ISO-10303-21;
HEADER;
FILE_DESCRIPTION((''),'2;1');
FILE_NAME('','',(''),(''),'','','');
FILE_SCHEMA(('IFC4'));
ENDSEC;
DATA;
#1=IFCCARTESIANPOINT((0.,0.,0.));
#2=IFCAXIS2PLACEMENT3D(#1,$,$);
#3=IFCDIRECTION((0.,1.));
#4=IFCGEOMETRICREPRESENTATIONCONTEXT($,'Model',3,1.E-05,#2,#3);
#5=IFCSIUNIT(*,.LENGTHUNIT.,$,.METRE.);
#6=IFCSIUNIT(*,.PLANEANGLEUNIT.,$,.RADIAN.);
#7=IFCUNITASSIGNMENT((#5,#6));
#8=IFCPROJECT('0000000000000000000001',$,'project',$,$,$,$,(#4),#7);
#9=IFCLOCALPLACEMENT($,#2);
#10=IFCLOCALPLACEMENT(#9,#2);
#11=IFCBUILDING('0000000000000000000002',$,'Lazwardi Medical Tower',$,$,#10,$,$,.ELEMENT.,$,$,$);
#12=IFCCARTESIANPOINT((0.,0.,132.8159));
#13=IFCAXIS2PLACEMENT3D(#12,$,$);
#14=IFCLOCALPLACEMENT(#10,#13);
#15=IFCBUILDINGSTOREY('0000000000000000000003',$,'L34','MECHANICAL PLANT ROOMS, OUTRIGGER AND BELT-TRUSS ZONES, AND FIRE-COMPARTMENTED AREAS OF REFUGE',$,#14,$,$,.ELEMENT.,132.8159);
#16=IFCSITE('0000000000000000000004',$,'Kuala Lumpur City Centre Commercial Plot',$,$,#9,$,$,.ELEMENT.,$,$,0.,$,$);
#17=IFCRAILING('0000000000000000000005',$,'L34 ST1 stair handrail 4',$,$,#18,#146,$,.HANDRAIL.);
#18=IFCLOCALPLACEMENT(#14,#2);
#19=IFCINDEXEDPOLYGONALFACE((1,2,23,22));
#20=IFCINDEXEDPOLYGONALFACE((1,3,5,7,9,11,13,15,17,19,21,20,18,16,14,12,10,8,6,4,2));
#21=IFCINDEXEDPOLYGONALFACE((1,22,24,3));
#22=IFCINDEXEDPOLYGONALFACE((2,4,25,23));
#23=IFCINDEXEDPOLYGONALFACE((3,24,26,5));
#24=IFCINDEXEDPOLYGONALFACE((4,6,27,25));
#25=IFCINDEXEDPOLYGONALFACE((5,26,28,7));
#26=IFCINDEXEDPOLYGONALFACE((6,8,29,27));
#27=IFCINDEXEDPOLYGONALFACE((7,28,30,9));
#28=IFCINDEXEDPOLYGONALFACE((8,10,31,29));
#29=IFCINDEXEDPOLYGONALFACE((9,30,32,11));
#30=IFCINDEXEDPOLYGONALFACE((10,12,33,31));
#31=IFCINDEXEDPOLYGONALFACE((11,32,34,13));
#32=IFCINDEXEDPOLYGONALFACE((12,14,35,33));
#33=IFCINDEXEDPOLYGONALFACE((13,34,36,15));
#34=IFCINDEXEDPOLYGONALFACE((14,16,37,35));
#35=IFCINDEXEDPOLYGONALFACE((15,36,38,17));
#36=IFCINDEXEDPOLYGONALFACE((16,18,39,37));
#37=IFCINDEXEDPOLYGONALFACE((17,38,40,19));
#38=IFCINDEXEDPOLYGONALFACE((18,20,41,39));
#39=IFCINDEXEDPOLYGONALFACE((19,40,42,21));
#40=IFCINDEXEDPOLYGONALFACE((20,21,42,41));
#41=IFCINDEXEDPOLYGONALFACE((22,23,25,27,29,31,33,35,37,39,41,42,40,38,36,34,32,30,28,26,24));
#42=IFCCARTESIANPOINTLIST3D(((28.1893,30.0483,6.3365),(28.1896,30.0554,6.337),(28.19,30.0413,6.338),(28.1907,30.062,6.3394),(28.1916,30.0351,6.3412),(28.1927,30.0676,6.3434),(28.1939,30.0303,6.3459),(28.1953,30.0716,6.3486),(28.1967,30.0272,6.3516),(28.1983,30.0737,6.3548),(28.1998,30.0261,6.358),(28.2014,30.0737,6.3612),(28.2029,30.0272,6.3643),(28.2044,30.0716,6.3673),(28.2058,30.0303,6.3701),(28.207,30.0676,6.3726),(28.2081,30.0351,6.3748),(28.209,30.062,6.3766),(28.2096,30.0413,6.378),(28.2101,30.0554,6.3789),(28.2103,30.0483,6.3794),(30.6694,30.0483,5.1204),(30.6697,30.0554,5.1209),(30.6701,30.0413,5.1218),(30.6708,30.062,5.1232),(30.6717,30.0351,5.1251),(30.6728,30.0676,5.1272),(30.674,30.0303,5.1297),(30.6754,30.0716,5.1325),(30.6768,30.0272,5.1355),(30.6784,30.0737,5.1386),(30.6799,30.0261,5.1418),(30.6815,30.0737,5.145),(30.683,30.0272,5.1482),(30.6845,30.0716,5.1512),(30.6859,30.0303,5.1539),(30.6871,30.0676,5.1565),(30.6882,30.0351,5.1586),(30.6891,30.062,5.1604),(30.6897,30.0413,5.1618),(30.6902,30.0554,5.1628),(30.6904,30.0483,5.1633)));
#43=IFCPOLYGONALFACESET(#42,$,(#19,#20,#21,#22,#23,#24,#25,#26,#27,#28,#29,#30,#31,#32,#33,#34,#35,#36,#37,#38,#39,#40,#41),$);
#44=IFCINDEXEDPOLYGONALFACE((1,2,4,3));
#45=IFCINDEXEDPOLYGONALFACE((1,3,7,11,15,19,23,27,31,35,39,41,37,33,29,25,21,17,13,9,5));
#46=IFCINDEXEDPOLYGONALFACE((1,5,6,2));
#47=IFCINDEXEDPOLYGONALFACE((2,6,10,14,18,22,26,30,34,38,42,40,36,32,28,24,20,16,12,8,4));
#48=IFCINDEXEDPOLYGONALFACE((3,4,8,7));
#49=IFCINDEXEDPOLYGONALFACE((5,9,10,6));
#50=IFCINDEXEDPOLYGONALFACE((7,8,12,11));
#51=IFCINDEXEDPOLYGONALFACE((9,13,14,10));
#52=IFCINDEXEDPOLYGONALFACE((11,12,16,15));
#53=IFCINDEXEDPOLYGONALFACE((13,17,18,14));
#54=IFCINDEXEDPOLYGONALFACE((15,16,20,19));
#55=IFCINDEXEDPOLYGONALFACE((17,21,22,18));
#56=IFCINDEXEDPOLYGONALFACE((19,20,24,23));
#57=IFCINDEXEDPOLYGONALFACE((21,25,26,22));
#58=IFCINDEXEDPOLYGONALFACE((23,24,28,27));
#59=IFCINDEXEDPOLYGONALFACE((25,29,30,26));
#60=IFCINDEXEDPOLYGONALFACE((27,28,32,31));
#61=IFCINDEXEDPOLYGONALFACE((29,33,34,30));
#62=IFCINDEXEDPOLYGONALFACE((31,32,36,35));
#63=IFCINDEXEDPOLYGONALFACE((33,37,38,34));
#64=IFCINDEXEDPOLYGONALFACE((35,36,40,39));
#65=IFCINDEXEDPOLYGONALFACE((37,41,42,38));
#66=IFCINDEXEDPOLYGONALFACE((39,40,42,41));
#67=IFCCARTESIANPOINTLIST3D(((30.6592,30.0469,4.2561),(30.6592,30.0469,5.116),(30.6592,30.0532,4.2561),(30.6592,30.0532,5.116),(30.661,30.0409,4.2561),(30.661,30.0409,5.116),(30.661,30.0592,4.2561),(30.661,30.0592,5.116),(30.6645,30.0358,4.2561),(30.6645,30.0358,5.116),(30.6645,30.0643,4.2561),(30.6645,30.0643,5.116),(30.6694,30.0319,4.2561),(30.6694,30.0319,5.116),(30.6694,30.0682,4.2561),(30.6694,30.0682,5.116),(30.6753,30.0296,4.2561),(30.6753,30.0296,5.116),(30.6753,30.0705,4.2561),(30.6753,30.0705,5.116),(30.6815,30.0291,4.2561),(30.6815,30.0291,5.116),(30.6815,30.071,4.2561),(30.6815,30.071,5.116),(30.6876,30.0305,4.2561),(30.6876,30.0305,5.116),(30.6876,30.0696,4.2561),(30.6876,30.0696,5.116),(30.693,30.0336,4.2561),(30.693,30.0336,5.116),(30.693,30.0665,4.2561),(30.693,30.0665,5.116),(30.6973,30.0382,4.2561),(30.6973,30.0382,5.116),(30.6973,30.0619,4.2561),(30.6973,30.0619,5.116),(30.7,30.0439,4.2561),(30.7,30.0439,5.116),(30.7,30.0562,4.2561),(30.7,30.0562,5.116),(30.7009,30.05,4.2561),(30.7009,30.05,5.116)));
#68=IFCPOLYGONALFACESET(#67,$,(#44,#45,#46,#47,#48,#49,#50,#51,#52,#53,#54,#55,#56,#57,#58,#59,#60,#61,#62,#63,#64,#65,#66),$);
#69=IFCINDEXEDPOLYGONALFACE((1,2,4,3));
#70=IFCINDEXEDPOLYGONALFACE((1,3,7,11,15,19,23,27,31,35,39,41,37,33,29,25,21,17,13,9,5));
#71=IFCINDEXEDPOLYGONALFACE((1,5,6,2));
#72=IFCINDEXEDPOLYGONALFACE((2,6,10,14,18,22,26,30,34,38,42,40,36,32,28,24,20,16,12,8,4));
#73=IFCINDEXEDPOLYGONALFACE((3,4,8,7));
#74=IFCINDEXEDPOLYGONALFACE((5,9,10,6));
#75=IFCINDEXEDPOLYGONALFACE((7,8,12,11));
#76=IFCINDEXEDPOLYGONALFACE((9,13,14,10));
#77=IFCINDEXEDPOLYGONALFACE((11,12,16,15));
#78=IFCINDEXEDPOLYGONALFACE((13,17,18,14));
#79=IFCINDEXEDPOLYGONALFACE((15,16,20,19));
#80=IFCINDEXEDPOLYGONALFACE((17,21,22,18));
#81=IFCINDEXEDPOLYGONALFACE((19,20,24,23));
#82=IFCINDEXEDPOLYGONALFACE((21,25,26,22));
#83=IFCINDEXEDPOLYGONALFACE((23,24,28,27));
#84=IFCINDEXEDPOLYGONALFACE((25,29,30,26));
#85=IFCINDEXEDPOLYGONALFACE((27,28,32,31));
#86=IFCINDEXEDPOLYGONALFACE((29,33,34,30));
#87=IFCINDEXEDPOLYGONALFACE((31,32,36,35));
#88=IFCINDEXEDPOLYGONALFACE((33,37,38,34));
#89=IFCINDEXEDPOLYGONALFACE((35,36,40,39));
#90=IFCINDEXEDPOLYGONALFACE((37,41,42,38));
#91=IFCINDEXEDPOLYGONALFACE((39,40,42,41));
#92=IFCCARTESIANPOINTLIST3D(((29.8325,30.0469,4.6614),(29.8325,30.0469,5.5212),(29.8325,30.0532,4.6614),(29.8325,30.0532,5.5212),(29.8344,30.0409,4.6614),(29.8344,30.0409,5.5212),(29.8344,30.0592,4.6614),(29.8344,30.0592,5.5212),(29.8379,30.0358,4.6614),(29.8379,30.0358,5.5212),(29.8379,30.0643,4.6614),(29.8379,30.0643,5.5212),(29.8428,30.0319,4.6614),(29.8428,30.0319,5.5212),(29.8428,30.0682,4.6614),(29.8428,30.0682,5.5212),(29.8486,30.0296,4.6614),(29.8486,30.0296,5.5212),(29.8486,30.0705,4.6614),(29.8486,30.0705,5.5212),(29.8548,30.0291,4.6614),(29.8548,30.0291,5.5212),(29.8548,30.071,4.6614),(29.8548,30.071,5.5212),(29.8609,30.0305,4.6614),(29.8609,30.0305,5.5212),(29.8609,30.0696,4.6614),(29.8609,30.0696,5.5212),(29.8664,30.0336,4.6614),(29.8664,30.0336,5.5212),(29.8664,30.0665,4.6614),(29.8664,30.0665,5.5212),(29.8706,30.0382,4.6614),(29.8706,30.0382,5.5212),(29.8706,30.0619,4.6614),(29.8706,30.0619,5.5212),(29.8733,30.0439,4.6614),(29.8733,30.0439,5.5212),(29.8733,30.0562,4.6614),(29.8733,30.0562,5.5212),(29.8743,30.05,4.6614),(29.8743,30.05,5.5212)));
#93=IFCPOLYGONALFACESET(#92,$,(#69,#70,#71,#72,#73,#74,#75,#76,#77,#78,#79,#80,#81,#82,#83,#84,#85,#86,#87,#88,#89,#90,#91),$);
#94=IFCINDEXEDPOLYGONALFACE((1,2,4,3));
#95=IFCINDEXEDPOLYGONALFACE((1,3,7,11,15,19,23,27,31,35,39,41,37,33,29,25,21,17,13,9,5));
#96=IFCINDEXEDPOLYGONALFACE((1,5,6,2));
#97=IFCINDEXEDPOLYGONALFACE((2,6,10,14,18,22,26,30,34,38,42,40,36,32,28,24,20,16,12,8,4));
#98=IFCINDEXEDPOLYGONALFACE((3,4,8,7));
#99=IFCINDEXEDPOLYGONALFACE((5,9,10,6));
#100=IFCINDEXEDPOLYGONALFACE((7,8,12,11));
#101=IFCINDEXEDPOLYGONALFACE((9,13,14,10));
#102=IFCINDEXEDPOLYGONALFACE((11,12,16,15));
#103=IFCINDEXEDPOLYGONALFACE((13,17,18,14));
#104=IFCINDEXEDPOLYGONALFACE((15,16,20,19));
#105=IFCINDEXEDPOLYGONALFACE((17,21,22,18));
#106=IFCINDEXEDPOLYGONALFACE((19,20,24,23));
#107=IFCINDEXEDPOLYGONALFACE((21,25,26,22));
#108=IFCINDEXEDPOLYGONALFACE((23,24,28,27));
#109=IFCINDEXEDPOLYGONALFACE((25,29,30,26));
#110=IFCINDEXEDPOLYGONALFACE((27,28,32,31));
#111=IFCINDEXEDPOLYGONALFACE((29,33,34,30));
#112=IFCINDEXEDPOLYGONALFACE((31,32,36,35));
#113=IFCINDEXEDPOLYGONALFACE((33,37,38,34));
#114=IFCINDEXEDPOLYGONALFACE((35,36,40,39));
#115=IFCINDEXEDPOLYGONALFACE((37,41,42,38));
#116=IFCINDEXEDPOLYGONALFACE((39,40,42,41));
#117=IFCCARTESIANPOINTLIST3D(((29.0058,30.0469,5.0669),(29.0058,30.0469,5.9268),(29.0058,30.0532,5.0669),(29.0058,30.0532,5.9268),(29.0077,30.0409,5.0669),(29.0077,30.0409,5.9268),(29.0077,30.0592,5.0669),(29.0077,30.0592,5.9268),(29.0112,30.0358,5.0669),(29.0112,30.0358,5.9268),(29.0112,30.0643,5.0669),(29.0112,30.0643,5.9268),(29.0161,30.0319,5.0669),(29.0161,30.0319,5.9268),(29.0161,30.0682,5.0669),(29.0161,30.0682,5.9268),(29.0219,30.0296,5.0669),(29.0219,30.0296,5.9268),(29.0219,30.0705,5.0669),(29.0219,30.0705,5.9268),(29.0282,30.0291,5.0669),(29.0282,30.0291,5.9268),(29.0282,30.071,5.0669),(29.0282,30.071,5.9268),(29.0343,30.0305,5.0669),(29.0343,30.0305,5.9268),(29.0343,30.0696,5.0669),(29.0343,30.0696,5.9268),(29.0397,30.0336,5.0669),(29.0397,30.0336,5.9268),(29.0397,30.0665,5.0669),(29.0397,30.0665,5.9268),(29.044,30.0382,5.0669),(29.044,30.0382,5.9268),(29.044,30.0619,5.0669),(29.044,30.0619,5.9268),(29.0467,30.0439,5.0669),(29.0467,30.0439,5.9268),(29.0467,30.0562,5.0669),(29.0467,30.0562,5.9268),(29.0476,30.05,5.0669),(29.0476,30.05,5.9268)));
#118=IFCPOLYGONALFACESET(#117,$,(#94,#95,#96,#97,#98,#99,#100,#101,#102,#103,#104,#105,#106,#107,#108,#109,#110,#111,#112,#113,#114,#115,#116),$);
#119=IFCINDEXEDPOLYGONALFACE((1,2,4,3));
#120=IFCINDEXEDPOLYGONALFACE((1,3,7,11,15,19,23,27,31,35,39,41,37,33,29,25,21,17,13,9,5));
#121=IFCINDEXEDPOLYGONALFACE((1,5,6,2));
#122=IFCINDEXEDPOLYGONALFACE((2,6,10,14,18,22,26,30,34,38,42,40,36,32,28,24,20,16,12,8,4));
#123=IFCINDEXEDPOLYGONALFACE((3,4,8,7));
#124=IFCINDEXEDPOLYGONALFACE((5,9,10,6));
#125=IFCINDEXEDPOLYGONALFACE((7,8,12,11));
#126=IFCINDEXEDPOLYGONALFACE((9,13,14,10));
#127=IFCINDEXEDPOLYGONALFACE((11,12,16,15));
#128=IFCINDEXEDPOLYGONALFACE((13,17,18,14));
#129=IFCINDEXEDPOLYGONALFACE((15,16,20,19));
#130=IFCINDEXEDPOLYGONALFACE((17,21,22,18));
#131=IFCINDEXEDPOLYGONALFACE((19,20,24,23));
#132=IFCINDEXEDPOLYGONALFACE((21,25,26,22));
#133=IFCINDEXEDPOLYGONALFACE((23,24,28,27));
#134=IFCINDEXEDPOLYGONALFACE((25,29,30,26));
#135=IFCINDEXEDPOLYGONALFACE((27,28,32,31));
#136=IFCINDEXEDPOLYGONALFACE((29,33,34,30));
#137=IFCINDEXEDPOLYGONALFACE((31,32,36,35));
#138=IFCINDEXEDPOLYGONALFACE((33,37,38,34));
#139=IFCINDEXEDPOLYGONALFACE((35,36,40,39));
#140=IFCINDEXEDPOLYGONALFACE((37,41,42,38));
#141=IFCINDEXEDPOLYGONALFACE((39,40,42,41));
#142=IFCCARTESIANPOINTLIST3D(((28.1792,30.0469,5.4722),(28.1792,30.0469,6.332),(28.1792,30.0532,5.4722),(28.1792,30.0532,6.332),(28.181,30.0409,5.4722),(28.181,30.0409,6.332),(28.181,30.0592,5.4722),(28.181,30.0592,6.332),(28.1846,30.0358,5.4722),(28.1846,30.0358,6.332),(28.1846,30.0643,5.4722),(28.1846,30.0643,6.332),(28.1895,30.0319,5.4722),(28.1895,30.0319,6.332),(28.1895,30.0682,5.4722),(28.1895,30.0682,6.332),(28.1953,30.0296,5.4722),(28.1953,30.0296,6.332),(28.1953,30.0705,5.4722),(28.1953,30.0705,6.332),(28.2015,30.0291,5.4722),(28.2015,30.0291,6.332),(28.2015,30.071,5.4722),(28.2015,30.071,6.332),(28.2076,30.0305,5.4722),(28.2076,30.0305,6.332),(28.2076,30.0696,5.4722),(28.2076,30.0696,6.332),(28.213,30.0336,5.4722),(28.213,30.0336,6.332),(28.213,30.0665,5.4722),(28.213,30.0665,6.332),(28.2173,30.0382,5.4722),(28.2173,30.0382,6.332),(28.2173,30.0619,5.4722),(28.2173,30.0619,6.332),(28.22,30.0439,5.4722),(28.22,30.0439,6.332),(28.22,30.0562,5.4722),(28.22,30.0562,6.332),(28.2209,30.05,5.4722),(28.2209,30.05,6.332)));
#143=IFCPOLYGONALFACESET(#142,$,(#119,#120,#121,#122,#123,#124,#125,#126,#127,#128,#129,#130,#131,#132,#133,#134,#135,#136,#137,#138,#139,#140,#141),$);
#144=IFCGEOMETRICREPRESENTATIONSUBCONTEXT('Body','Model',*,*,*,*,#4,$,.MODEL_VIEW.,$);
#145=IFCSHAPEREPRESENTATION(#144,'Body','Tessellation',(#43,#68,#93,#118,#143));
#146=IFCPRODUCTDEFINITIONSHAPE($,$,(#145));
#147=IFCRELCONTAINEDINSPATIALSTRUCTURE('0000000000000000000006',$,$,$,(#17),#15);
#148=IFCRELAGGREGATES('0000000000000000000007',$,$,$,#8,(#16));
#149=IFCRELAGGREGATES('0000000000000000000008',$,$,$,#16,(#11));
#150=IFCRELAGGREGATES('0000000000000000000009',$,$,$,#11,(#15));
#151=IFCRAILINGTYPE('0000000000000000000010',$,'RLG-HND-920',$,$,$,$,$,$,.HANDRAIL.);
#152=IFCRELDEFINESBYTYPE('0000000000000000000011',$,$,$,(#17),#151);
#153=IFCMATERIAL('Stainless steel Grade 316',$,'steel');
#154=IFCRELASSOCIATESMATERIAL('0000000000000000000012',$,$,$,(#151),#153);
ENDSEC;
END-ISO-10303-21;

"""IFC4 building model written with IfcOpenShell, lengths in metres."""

from ifc_helpers import new_model, si_unit, direction, frame, origin, origin_2d, place, context, subcontext, project, spatial, circle, extrude, material, type_object, element, save


model = new_model("IFC4")

# Units and contexts
model_context = context("Model", 3, precision=1e-05, world=origin(), true_north=direction((0.0, 1.0)))
body_context = subcontext(model_context, "Body", "Model", "MODEL_VIEW")
ifc_project = project(units=[si_unit("LENGTHUNIT", "METRE"), si_unit("PLANEANGLEUNIT", "RADIAN")], contexts=[model_context])

# Site, building, storey
site_placement = place(None, origin())
site = spatial("IfcSite", under=ifc_project, at=site_placement, Name="Kuala Lumpur City Centre Commercial Plot", CompositionType="ELEMENT", RefElevation=0.0)
building_placement = place(site_placement, origin())
building = spatial("IfcBuilding", under=site, at=building_placement, Name="Lazwardi Medical Tower", CompositionType="ELEMENT")
storey_placement = place(building_placement, frame((0.0, 0.0, 132.8159)))
storey = spatial("IfcBuildingStorey", under=building, at=storey_placement, Name="L34", Description="MECHANICAL PLANT ROOMS, OUTRIGGER AND BELT-TRUSS ZONES, AND FIRE-COMPARTMENTED AREAS OF REFUGE", CompositionType="ELEMENT", Elevation=132.8159)

# Railing
ifc_material_1 = material(Name="Stainless steel Grade 316", Category="steel")
railing_type_1 = type_object("IfcRailingType", Name="RLG-HND-920", PredefinedType="HANDRAIL", material=ifc_material_1)
for number, where, name in (
    (1, (30.6799, 30.05, 4.2561), "L34 ST1 stair handrail 4"),
):
    element("IfcRailing", number, at=place(storey_placement, frame(where)), inside=storey, type_object=railing_type_1, Name=name, PredefinedType="HANDRAIL", context=body_context, shape_type="SweptSolid", body=[
        extrude(circle(Radius=0.0239, at=origin_2d()), frame((0.0, 0.0, 0.8857), z_axis=(-0.897865, 0.0, 0.44027), x_axis=(0.0, -1.0, 0.0)), (0.0, 0.0, 1.0), 2.7622),
        extrude(circle(Radius=0.021, at=origin_2d()), origin(), (0.0, 0.0, 1.0), 0.8599),
        extrude(circle(Radius=0.021, at=origin_2d()), frame((-0.8267, 0.0, 0.4053)), (0.0, 0.0, 1.0), 0.8599),
        extrude(circle(Radius=0.021, at=origin_2d()), frame((-1.6533, 0.0, 0.8108)), (0.0, 0.0, 1.0), 0.8599),
        extrude(circle(Radius=0.021, at=origin_2d()), frame((-2.48, 0.0, 1.2161)), (0.0, 0.0, 1.0), 0.8599),
    ])

save(model, "model.ifc")
